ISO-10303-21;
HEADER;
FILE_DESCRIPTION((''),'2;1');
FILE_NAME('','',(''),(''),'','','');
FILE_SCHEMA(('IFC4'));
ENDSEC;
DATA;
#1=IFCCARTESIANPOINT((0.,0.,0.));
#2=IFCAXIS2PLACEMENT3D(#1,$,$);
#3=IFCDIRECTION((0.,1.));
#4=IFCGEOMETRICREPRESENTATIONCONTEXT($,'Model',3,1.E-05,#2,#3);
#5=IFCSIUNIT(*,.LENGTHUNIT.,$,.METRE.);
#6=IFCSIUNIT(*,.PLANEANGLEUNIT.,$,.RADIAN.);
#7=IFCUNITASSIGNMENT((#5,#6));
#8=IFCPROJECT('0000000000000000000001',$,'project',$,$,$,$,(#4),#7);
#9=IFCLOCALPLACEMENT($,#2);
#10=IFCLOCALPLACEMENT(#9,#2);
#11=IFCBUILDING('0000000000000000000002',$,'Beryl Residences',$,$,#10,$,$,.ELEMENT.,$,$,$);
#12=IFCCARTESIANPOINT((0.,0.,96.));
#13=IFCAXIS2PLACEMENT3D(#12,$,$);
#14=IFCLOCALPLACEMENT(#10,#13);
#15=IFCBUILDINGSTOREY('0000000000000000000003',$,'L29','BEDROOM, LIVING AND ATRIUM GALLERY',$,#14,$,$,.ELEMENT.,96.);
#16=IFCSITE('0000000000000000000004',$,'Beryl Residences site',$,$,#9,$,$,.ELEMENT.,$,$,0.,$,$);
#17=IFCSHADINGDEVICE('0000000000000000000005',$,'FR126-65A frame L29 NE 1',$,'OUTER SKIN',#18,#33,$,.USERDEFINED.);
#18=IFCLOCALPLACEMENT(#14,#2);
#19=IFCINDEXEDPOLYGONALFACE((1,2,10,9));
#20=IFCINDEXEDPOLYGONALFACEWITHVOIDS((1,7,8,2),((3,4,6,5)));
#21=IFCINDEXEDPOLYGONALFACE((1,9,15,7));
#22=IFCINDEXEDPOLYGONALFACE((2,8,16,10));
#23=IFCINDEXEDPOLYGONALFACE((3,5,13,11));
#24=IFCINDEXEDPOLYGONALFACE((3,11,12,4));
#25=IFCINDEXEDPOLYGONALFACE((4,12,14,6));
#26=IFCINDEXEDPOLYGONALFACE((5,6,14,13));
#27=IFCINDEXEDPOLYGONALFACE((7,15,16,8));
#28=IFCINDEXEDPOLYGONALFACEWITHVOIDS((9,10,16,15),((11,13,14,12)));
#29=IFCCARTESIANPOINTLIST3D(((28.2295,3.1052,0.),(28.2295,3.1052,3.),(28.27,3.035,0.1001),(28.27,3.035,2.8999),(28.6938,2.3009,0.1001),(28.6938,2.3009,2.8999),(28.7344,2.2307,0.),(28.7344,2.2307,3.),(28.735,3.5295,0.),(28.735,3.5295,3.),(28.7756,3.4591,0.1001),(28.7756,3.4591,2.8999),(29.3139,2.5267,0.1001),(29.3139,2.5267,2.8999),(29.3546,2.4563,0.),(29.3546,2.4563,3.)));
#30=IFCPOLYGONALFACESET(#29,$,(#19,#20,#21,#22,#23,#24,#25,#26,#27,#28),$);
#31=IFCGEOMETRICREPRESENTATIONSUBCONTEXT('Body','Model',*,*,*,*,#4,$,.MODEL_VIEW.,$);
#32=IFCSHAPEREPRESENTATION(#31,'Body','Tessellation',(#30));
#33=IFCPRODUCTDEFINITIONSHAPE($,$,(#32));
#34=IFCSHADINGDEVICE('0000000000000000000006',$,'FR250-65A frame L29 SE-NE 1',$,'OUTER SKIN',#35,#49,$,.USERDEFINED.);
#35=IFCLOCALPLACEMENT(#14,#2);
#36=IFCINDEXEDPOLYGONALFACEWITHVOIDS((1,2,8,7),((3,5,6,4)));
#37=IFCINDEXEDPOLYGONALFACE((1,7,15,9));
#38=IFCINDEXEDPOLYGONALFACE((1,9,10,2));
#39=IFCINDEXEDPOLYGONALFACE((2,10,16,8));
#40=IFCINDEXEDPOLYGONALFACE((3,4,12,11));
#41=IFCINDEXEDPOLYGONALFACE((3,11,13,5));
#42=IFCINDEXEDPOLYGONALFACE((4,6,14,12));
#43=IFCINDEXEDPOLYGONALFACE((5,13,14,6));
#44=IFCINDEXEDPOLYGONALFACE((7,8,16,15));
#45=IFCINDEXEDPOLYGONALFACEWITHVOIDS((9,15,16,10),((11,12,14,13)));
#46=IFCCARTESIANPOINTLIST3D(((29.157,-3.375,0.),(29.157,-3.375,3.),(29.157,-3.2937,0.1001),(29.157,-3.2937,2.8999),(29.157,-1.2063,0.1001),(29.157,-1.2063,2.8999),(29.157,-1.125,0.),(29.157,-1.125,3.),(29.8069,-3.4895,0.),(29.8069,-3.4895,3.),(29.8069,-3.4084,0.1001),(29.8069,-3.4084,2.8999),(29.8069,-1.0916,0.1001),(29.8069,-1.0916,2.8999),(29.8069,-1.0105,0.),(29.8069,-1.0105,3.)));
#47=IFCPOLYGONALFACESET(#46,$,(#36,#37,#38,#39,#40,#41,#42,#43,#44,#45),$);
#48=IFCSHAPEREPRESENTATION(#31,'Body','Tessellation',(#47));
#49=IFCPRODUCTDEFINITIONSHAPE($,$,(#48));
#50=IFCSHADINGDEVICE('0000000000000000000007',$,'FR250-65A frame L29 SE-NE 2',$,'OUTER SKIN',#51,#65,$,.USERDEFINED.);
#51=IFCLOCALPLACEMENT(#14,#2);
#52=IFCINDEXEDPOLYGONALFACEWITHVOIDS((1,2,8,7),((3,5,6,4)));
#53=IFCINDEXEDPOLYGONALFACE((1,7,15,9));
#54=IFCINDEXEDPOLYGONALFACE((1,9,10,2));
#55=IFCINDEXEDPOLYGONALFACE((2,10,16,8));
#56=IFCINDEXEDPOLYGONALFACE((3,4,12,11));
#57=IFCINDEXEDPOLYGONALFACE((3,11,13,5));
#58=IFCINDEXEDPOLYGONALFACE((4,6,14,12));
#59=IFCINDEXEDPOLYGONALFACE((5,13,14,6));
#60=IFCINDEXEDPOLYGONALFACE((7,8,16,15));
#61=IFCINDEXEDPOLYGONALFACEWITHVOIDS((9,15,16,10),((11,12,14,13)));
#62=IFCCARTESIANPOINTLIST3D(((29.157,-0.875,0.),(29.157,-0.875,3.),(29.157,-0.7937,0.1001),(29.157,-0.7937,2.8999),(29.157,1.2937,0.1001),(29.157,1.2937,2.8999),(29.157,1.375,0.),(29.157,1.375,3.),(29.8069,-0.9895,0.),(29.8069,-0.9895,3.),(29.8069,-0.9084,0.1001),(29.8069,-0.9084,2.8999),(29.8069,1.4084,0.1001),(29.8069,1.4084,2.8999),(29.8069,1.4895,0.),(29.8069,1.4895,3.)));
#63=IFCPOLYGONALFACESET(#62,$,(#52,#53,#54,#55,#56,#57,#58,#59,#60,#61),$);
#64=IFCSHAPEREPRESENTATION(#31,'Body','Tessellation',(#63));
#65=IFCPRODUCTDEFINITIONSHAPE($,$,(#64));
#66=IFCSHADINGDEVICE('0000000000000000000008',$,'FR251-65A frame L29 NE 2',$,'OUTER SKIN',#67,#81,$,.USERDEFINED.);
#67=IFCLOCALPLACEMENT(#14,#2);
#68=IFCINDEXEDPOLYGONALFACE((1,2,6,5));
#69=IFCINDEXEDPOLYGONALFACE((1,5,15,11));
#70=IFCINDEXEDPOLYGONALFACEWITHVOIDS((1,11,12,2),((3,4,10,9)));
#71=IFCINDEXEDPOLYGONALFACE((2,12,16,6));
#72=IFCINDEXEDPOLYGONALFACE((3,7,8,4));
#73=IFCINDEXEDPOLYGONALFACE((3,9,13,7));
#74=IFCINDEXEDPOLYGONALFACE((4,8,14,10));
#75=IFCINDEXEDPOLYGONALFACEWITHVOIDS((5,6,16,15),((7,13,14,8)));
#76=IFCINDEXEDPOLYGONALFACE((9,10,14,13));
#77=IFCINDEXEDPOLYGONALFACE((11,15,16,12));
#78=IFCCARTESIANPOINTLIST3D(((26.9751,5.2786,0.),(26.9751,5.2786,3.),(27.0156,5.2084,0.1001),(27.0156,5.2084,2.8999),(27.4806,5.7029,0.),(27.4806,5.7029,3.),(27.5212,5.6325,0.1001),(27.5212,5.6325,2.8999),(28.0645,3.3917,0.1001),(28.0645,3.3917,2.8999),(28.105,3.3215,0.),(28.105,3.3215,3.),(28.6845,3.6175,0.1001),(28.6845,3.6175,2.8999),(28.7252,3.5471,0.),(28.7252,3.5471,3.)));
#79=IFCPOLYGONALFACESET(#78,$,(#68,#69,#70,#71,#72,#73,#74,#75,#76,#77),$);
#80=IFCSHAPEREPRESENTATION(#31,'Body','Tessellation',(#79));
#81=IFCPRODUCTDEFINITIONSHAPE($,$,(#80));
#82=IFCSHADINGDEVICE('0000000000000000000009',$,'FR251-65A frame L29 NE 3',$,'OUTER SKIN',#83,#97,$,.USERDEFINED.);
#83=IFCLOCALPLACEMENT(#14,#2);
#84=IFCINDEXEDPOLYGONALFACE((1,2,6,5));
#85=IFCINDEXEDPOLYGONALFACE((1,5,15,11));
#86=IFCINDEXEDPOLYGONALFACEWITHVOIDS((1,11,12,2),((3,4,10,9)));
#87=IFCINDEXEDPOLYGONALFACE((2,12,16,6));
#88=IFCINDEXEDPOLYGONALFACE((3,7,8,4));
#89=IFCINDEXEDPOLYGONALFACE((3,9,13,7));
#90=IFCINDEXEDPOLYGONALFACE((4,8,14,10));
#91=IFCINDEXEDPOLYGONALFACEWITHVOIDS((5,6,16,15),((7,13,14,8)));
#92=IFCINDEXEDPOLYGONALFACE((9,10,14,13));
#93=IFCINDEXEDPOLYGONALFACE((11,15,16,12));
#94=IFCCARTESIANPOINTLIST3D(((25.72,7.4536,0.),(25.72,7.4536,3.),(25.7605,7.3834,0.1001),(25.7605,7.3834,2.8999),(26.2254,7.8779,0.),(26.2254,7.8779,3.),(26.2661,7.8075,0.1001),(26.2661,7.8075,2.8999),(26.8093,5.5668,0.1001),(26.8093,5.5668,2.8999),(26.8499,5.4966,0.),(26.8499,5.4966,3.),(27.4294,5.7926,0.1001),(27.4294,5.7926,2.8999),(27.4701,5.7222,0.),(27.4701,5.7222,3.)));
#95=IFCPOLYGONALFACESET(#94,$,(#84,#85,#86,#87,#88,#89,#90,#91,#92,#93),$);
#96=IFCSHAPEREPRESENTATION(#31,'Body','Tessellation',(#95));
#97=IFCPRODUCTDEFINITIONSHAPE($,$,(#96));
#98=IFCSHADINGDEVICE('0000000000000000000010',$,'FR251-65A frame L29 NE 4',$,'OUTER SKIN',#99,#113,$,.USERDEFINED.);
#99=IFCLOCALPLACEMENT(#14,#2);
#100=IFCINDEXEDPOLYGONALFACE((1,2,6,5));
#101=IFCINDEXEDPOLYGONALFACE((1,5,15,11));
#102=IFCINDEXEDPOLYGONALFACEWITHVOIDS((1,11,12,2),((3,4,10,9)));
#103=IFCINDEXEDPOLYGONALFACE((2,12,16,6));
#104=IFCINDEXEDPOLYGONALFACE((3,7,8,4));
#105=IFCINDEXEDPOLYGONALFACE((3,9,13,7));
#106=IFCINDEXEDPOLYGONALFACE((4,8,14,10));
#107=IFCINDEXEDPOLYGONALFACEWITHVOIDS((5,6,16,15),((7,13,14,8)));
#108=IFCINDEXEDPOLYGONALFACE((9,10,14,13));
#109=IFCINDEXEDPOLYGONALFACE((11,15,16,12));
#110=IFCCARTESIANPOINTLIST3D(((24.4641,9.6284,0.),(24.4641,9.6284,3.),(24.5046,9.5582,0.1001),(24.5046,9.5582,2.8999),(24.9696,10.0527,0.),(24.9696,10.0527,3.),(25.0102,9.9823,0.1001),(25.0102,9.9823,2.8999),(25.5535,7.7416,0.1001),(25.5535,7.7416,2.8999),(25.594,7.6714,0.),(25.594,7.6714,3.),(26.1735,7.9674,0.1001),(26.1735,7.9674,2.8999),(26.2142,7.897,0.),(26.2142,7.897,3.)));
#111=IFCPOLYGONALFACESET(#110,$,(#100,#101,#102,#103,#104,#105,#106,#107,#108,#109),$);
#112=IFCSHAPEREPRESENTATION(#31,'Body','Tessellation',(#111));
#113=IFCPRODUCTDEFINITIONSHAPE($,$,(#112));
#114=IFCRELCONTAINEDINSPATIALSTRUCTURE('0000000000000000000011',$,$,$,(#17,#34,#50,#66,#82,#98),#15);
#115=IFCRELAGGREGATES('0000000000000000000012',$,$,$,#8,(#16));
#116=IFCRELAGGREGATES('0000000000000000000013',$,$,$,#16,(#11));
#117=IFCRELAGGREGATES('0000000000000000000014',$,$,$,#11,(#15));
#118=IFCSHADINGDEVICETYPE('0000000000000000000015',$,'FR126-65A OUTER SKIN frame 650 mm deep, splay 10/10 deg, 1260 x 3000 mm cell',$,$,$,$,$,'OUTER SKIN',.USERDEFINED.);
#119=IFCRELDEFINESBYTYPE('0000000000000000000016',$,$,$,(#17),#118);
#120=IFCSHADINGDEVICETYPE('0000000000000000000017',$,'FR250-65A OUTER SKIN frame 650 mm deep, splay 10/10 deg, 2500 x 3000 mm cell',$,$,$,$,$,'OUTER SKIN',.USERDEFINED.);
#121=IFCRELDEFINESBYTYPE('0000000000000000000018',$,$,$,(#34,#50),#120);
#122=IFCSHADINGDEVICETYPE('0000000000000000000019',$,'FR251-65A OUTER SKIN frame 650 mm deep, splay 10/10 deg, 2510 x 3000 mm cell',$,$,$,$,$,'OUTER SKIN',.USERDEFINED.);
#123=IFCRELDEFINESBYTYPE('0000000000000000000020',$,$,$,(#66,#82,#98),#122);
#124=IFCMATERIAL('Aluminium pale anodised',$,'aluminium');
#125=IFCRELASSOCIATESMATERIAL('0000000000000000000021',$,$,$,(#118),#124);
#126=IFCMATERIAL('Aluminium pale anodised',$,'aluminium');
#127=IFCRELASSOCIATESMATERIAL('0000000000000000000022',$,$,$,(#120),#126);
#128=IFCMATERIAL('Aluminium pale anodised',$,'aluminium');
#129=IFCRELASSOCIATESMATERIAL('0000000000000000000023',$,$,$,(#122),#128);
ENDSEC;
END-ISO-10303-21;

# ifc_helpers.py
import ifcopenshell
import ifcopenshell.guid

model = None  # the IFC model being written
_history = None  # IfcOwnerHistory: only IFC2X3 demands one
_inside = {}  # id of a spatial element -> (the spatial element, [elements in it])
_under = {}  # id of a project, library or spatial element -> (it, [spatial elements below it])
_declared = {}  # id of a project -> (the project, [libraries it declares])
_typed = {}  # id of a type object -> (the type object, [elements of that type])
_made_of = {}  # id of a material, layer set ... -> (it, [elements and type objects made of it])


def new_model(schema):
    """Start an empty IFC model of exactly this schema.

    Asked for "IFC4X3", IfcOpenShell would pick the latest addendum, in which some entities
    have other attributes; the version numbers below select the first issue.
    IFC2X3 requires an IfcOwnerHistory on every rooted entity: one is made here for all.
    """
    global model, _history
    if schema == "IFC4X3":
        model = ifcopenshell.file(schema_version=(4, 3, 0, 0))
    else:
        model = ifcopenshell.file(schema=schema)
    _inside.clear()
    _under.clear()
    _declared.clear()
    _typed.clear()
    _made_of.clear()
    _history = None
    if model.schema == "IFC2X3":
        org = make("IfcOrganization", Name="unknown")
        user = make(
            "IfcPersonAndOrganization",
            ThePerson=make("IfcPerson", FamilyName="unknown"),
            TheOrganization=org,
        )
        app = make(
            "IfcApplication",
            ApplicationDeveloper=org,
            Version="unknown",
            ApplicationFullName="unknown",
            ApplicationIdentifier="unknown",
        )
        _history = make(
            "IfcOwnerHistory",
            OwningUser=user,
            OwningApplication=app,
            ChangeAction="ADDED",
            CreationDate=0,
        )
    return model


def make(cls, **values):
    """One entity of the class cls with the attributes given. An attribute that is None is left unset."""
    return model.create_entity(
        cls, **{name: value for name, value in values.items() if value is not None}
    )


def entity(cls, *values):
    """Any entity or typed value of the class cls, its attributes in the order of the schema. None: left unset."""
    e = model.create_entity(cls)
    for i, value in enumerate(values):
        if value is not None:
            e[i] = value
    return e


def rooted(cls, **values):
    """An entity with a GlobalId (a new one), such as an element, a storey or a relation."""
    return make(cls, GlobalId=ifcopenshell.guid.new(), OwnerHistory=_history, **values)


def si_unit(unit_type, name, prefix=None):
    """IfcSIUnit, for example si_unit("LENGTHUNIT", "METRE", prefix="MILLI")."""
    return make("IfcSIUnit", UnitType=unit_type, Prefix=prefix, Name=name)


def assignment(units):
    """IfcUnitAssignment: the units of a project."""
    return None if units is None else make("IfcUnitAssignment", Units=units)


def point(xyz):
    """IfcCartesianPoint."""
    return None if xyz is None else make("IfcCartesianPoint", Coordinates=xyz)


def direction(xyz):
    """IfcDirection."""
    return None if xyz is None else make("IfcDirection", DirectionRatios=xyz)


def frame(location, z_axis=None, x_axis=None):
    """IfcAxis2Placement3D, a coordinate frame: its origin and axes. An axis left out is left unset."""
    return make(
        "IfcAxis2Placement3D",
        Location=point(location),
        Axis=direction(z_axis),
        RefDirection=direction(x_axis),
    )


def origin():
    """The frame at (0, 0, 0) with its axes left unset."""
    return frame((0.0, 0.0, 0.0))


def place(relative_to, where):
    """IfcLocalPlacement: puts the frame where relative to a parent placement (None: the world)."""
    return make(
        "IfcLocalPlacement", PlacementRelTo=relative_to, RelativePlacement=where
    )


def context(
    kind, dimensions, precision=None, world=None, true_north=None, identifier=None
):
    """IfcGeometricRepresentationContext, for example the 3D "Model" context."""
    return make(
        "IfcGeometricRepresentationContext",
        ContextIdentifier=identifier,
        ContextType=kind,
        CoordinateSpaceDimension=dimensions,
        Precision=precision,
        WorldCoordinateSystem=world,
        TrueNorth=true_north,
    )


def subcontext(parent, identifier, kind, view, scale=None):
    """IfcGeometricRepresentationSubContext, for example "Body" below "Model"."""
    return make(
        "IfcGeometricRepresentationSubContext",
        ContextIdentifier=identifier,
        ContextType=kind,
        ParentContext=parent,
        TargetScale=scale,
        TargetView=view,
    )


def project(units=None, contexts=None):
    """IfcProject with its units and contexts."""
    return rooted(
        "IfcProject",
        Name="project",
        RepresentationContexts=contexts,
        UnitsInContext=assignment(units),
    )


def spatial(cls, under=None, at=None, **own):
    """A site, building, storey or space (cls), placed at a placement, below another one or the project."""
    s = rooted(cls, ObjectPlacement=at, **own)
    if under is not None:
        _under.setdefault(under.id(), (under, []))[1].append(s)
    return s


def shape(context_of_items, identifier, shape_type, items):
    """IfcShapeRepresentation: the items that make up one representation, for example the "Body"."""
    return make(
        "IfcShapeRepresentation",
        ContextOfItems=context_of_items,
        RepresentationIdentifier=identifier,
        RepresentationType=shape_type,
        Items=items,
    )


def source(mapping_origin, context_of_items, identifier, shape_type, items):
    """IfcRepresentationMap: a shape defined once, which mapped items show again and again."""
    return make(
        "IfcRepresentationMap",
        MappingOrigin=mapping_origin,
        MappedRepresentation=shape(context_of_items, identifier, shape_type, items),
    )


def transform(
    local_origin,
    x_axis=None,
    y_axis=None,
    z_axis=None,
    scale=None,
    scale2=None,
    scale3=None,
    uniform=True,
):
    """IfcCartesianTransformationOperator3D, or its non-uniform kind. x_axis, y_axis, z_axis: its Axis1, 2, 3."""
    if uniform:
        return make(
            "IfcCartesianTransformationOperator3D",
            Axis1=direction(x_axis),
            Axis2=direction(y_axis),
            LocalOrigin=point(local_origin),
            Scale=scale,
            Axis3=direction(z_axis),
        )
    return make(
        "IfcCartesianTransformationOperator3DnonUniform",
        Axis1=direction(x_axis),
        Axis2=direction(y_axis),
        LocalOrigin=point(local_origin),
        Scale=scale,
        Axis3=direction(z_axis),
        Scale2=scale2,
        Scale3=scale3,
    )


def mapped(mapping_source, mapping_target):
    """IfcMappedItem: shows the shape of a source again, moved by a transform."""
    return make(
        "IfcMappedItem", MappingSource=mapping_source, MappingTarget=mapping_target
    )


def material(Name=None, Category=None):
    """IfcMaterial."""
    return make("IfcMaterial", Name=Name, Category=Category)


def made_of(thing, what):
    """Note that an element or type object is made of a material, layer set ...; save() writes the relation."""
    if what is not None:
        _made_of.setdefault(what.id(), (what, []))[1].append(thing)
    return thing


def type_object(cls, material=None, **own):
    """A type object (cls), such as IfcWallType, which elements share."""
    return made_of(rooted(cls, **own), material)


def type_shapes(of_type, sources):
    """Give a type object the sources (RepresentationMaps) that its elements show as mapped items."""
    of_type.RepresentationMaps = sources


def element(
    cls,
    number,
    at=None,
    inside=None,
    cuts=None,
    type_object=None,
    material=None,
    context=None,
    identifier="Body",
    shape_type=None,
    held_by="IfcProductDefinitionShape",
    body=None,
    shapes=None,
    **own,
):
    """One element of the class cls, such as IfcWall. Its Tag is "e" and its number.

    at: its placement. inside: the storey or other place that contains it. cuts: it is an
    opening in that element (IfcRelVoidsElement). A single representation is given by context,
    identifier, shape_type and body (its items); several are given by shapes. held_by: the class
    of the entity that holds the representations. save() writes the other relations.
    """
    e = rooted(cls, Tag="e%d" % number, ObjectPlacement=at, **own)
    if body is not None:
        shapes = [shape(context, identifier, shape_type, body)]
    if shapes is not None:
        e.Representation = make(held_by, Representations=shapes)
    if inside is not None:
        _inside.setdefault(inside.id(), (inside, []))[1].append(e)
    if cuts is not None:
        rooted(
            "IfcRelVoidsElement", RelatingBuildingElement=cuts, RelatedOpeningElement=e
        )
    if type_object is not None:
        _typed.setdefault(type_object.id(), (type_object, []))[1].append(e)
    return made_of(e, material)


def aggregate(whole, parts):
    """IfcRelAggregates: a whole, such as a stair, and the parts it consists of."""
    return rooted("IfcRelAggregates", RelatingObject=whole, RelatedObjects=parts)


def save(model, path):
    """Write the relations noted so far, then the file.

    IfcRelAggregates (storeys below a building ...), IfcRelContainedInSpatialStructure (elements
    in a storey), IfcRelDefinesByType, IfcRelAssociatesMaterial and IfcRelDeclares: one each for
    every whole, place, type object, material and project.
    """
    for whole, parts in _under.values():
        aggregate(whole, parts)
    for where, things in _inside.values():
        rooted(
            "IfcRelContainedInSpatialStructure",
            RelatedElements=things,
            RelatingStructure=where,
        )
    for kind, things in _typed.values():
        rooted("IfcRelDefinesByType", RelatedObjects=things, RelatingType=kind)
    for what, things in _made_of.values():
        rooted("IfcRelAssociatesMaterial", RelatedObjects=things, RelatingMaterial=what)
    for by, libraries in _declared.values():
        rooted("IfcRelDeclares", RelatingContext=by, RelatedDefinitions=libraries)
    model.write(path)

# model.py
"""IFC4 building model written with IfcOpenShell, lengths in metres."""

from ifc_helpers import new_model, entity, si_unit, direction, frame, origin, place, context, subcontext, project, spatial, source, transform, mapped, material, type_object, type_shapes, element, save


model = new_model("IFC4")

# Units and contexts
model_context = context("Model", 3, precision=1e-05, world=origin(), true_north=direction((0.0, 1.0)))
body_context = subcontext(model_context, "Body", "Model", "MODEL_VIEW")
ifc_project = project(units=[si_unit("LENGTHUNIT", "METRE"), si_unit("PLANEANGLEUNIT", "RADIAN")], contexts=[model_context])

# Site, building, storey
site_placement = place(None, origin())
site = spatial("IfcSite", under=ifc_project, at=site_placement, Name="Beryl Residences site", CompositionType="ELEMENT", RefElevation=0.0)
building_placement = place(site_placement, origin())
building = spatial("IfcBuilding", under=site, at=building_placement, Name="Beryl Residences", CompositionType="ELEMENT")
storey_placement = place(building_placement, frame((0.0, 0.0, 96.0)))
storey = spatial("IfcBuildingStorey", under=building, at=storey_placement, Name="L29", Description="BEDROOM, LIVING AND ATRIUM GALLERY", CompositionType="ELEMENT", Elevation=96.0)

# Shading devices
ifc_material_1 = material(Name="Aluminium pale anodised", Category="aluminium")
shading_device_type_1 = type_object("IfcShadingDeviceType", Name="FR126-65A OUTER SKIN frame 650 mm deep, splay 10/10 deg, 1260 x 3000 mm cell", ElementType="OUTER SKIN", PredefinedType="USERDEFINED", material=ifc_material_1)
cartesian_point_1 = entity("IfcCartesianPoint", [-0.5049, 0.0])
cartesian_point_2 = entity("IfcCartesianPoint", [-0.4238, 0.1001])
cartesian_point_3 = entity("IfcCartesianPoint", [-0.6196, 0.0])
cartesian_point_4 = entity("IfcCartesianPoint", [-0.5383, 0.1001])
shared_shape_1 = source(origin(), body_context, "Body", "SweptSolid", [
    entity("IfcExtrudedAreaSolidTapered", entity("IfcArbitraryProfileDefWithVoids", "AREA", None, entity("IfcPolyline", [cartesian_point_1, entity("IfcCartesianPoint", [0.5049, 0.0]), entity("IfcCartesianPoint", [0.5049, 3.0]), entity("IfcCartesianPoint", [-0.5049, 3.0]), cartesian_point_1]), [entity("IfcPolyline", [cartesian_point_2, entity("IfcCartesianPoint", [0.4238, 0.1001]), entity("IfcCartesianPoint", [0.4238, 2.8999]), entity("IfcCartesianPoint", [-0.4238, 2.8999]), cartesian_point_2])]), entity("IfcAxis2Placement3D", entity("IfcCartesianPoint", [0.0, 0.0, 0.0]), entity("IfcDirection", [0.0, 1.0, 0.0]), entity("IfcDirection", [-1.0, 0.0, 0.0])), entity("IfcDirection", [0.0, 0.0, 1.0]), 0.6499, entity("IfcArbitraryProfileDefWithVoids", "AREA", None, entity("IfcPolyline", [cartesian_point_3, entity("IfcCartesianPoint", [0.6196, 0.0]), entity("IfcCartesianPoint", [0.6196, 3.0]), entity("IfcCartesianPoint", [-0.6196, 3.0]), cartesian_point_3]), [entity("IfcPolyline", [cartesian_point_4, entity("IfcCartesianPoint", [0.5383, 0.1001]), entity("IfcCartesianPoint", [0.5383, 2.8999]), entity("IfcCartesianPoint", [-0.5383, 2.8999]), cartesian_point_4])])),
])
type_shapes(shading_device_type_1, [shared_shape_1])
shading_device_placement = place(storey_placement, frame((28.4819, 2.668, 0.0), z_axis=(0.0, 0.0, 1.0), x_axis=(0.5, -0.866025, 0.0)))
element("IfcShadingDevice", 1, at=shading_device_placement, inside=storey, type_object=shading_device_type_1, Name="FR126-65A frame L29 NE 1", ObjectType="OUTER SKIN", PredefinedType="USERDEFINED", context=body_context, shape_type="MappedRepresentation", body=[
    mapped(shared_shape_1, transform((0.0, 0.0, 0.0))),
])
ifc_material_2 = material(Name="Aluminium pale anodised", Category="aluminium")
shading_device_type_2 = type_object("IfcShadingDeviceType", Name="FR250-65A OUTER SKIN frame 650 mm deep, splay 10/10 deg, 2500 x 3000 mm cell", ElementType="OUTER SKIN", PredefinedType="USERDEFINED", material=ifc_material_2)
cartesian_point_5 = entity("IfcCartesianPoint", [-1.125, 0.0])
cartesian_point_6 = entity("IfcCartesianPoint", [-1.0437, 0.1001])
cartesian_point_7 = entity("IfcCartesianPoint", [-1.2395, 0.0])
cartesian_point_8 = entity("IfcCartesianPoint", [-1.1584, 0.1001])
shared_shape_2 = source(origin(), body_context, "Body", "SweptSolid", [
    entity("IfcExtrudedAreaSolidTapered", entity("IfcArbitraryProfileDefWithVoids", "AREA", None, entity("IfcPolyline", [cartesian_point_5, entity("IfcCartesianPoint", [1.125, 0.0]), entity("IfcCartesianPoint", [1.125, 3.0]), entity("IfcCartesianPoint", [-1.125, 3.0]), cartesian_point_5]), [entity("IfcPolyline", [cartesian_point_6, entity("IfcCartesianPoint", [1.0437, 0.1001]), entity("IfcCartesianPoint", [1.0437, 2.8999]), entity("IfcCartesianPoint", [-1.0437, 2.8999]), cartesian_point_6])]), entity("IfcAxis2Placement3D", entity("IfcCartesianPoint", [0.0, 0.0, 0.0]), entity("IfcDirection", [0.0, 1.0, 0.0]), entity("IfcDirection", [-1.0, 0.0, 0.0])), entity("IfcDirection", [0.0, 0.0, 1.0]), 0.6499, entity("IfcArbitraryProfileDefWithVoids", "AREA", None, entity("IfcPolyline", [cartesian_point_7, entity("IfcCartesianPoint", [1.2395, 0.0]), entity("IfcCartesianPoint", [1.2395, 3.0]), entity("IfcCartesianPoint", [-1.2395, 3.0]), cartesian_point_7]), [entity("IfcPolyline", [cartesian_point_8, entity("IfcCartesianPoint", [1.1584, 0.1001]), entity("IfcCartesianPoint", [1.1584, 2.8999]), entity("IfcCartesianPoint", [-1.1584, 2.8999]), cartesian_point_8])])),
])
type_shapes(shading_device_type_2, [shared_shape_2])
for number, where, z_axis, x_axis, name in (
    (2, (29.157, -2.25, 0.0), (0.0, 0.0, 1.0), (0.0, -1.0, 0.0), "FR250-65A frame L29 SE-NE 1"),
    (3, (29.157, 0.25, 0.0), (0.0, 0.0, 1.0), (0.0, -1.0, 0.0), "FR250-65A frame L29 SE-NE 2"),
):
    element("IfcShadingDevice", number, at=place(storey_placement, frame(where, z_axis=z_axis, x_axis=x_axis)), inside=storey, type_object=shading_device_type_2, Name=name, ObjectType="OUTER SKIN", PredefinedType="USERDEFINED", context=body_context, shape_type="MappedRepresentation", body=[
        mapped(shared_shape_2, transform((0.0, 0.0, 0.0))),
    ])
ifc_material_3 = material(Name="Aluminium pale anodised", Category="aluminium")
shading_device_type_3 = type_object("IfcShadingDeviceType", Name="FR251-65A OUTER SKIN frame 650 mm deep, splay 10/10 deg, 2510 x 3000 mm cell", ElementType="OUTER SKIN", PredefinedType="USERDEFINED", material=ifc_material_3)
cartesian_point_9 = entity("IfcCartesianPoint", [-1.1299, 0.0])
cartesian_point_10 = entity("IfcCartesianPoint", [-1.0488, 0.1001])
cartesian_point_11 = entity("IfcCartesianPoint", [-1.2446, 0.0])
cartesian_point_12 = entity("IfcCartesianPoint", [-1.1633, 0.1001])
shared_shape_3 = source(origin(), body_context, "Body", "SweptSolid", [
    entity("IfcExtrudedAreaSolidTapered", entity("IfcArbitraryProfileDefWithVoids", "AREA", None, entity("IfcPolyline", [cartesian_point_9, entity("IfcCartesianPoint", [1.1299, 0.0]), entity("IfcCartesianPoint", [1.1299, 3.0]), entity("IfcCartesianPoint", [-1.1299, 3.0]), cartesian_point_9]), [entity("IfcPolyline", [cartesian_point_10, entity("IfcCartesianPoint", [1.0488, 0.1001]), entity("IfcCartesianPoint", [1.0488, 2.8999]), entity("IfcCartesianPoint", [-1.0488, 2.8999]), cartesian_point_10])]), entity("IfcAxis2Placement3D", entity("IfcCartesianPoint", [0.0, 0.0, 0.0]), entity("IfcDirection", [0.0, 1.0, 0.0]), entity("IfcDirection", [-1.0, 0.0, 0.0])), entity("IfcDirection", [0.0, 0.0, 1.0]), 0.6499, entity("IfcArbitraryProfileDefWithVoids", "AREA", None, entity("IfcPolyline", [cartesian_point_11, entity("IfcCartesianPoint", [1.2446, 0.0]), entity("IfcCartesianPoint", [1.2446, 3.0]), entity("IfcCartesianPoint", [-1.2446, 3.0]), cartesian_point_11]), [entity("IfcPolyline", [cartesian_point_12, entity("IfcCartesianPoint", [1.1633, 0.1001]), entity("IfcCartesianPoint", [1.1633, 2.8999]), entity("IfcCartesianPoint", [-1.1633, 2.8999]), cartesian_point_12])])),
])
type_shapes(shading_device_type_3, [shared_shape_3])
for number, where, z_axis, x_axis, name in (
    (4, (27.54, 4.3, 0.0), (0.0, 0.0, 1.0), (0.5, -0.866025, 0.0), "FR251-65A frame L29 NE 2"),
    (5, (26.2849, 6.4751, 0.0), (0.0, 0.0, 1.0), (0.5, -0.866025, 0.0), "FR251-65A frame L29 NE 3"),
    (6, (25.0291, 8.6499, 0.0), (0.0, 0.0, 1.0), (0.5, -0.866025, 0.0), "FR251-65A frame L29 NE 4"),
):
    element("IfcShadingDevice", number, at=place(storey_placement, frame(where, z_axis=z_axis, x_axis=x_axis)), inside=storey, type_object=shading_device_type_3, Name=name, ObjectType="OUTER SKIN", PredefinedType="USERDEFINED", context=body_context, shape_type="MappedRepresentation", body=[
        mapped(shared_shape_3, transform((0.0, 0.0, 0.0))),
    ])

save(model, "model.ifc")
